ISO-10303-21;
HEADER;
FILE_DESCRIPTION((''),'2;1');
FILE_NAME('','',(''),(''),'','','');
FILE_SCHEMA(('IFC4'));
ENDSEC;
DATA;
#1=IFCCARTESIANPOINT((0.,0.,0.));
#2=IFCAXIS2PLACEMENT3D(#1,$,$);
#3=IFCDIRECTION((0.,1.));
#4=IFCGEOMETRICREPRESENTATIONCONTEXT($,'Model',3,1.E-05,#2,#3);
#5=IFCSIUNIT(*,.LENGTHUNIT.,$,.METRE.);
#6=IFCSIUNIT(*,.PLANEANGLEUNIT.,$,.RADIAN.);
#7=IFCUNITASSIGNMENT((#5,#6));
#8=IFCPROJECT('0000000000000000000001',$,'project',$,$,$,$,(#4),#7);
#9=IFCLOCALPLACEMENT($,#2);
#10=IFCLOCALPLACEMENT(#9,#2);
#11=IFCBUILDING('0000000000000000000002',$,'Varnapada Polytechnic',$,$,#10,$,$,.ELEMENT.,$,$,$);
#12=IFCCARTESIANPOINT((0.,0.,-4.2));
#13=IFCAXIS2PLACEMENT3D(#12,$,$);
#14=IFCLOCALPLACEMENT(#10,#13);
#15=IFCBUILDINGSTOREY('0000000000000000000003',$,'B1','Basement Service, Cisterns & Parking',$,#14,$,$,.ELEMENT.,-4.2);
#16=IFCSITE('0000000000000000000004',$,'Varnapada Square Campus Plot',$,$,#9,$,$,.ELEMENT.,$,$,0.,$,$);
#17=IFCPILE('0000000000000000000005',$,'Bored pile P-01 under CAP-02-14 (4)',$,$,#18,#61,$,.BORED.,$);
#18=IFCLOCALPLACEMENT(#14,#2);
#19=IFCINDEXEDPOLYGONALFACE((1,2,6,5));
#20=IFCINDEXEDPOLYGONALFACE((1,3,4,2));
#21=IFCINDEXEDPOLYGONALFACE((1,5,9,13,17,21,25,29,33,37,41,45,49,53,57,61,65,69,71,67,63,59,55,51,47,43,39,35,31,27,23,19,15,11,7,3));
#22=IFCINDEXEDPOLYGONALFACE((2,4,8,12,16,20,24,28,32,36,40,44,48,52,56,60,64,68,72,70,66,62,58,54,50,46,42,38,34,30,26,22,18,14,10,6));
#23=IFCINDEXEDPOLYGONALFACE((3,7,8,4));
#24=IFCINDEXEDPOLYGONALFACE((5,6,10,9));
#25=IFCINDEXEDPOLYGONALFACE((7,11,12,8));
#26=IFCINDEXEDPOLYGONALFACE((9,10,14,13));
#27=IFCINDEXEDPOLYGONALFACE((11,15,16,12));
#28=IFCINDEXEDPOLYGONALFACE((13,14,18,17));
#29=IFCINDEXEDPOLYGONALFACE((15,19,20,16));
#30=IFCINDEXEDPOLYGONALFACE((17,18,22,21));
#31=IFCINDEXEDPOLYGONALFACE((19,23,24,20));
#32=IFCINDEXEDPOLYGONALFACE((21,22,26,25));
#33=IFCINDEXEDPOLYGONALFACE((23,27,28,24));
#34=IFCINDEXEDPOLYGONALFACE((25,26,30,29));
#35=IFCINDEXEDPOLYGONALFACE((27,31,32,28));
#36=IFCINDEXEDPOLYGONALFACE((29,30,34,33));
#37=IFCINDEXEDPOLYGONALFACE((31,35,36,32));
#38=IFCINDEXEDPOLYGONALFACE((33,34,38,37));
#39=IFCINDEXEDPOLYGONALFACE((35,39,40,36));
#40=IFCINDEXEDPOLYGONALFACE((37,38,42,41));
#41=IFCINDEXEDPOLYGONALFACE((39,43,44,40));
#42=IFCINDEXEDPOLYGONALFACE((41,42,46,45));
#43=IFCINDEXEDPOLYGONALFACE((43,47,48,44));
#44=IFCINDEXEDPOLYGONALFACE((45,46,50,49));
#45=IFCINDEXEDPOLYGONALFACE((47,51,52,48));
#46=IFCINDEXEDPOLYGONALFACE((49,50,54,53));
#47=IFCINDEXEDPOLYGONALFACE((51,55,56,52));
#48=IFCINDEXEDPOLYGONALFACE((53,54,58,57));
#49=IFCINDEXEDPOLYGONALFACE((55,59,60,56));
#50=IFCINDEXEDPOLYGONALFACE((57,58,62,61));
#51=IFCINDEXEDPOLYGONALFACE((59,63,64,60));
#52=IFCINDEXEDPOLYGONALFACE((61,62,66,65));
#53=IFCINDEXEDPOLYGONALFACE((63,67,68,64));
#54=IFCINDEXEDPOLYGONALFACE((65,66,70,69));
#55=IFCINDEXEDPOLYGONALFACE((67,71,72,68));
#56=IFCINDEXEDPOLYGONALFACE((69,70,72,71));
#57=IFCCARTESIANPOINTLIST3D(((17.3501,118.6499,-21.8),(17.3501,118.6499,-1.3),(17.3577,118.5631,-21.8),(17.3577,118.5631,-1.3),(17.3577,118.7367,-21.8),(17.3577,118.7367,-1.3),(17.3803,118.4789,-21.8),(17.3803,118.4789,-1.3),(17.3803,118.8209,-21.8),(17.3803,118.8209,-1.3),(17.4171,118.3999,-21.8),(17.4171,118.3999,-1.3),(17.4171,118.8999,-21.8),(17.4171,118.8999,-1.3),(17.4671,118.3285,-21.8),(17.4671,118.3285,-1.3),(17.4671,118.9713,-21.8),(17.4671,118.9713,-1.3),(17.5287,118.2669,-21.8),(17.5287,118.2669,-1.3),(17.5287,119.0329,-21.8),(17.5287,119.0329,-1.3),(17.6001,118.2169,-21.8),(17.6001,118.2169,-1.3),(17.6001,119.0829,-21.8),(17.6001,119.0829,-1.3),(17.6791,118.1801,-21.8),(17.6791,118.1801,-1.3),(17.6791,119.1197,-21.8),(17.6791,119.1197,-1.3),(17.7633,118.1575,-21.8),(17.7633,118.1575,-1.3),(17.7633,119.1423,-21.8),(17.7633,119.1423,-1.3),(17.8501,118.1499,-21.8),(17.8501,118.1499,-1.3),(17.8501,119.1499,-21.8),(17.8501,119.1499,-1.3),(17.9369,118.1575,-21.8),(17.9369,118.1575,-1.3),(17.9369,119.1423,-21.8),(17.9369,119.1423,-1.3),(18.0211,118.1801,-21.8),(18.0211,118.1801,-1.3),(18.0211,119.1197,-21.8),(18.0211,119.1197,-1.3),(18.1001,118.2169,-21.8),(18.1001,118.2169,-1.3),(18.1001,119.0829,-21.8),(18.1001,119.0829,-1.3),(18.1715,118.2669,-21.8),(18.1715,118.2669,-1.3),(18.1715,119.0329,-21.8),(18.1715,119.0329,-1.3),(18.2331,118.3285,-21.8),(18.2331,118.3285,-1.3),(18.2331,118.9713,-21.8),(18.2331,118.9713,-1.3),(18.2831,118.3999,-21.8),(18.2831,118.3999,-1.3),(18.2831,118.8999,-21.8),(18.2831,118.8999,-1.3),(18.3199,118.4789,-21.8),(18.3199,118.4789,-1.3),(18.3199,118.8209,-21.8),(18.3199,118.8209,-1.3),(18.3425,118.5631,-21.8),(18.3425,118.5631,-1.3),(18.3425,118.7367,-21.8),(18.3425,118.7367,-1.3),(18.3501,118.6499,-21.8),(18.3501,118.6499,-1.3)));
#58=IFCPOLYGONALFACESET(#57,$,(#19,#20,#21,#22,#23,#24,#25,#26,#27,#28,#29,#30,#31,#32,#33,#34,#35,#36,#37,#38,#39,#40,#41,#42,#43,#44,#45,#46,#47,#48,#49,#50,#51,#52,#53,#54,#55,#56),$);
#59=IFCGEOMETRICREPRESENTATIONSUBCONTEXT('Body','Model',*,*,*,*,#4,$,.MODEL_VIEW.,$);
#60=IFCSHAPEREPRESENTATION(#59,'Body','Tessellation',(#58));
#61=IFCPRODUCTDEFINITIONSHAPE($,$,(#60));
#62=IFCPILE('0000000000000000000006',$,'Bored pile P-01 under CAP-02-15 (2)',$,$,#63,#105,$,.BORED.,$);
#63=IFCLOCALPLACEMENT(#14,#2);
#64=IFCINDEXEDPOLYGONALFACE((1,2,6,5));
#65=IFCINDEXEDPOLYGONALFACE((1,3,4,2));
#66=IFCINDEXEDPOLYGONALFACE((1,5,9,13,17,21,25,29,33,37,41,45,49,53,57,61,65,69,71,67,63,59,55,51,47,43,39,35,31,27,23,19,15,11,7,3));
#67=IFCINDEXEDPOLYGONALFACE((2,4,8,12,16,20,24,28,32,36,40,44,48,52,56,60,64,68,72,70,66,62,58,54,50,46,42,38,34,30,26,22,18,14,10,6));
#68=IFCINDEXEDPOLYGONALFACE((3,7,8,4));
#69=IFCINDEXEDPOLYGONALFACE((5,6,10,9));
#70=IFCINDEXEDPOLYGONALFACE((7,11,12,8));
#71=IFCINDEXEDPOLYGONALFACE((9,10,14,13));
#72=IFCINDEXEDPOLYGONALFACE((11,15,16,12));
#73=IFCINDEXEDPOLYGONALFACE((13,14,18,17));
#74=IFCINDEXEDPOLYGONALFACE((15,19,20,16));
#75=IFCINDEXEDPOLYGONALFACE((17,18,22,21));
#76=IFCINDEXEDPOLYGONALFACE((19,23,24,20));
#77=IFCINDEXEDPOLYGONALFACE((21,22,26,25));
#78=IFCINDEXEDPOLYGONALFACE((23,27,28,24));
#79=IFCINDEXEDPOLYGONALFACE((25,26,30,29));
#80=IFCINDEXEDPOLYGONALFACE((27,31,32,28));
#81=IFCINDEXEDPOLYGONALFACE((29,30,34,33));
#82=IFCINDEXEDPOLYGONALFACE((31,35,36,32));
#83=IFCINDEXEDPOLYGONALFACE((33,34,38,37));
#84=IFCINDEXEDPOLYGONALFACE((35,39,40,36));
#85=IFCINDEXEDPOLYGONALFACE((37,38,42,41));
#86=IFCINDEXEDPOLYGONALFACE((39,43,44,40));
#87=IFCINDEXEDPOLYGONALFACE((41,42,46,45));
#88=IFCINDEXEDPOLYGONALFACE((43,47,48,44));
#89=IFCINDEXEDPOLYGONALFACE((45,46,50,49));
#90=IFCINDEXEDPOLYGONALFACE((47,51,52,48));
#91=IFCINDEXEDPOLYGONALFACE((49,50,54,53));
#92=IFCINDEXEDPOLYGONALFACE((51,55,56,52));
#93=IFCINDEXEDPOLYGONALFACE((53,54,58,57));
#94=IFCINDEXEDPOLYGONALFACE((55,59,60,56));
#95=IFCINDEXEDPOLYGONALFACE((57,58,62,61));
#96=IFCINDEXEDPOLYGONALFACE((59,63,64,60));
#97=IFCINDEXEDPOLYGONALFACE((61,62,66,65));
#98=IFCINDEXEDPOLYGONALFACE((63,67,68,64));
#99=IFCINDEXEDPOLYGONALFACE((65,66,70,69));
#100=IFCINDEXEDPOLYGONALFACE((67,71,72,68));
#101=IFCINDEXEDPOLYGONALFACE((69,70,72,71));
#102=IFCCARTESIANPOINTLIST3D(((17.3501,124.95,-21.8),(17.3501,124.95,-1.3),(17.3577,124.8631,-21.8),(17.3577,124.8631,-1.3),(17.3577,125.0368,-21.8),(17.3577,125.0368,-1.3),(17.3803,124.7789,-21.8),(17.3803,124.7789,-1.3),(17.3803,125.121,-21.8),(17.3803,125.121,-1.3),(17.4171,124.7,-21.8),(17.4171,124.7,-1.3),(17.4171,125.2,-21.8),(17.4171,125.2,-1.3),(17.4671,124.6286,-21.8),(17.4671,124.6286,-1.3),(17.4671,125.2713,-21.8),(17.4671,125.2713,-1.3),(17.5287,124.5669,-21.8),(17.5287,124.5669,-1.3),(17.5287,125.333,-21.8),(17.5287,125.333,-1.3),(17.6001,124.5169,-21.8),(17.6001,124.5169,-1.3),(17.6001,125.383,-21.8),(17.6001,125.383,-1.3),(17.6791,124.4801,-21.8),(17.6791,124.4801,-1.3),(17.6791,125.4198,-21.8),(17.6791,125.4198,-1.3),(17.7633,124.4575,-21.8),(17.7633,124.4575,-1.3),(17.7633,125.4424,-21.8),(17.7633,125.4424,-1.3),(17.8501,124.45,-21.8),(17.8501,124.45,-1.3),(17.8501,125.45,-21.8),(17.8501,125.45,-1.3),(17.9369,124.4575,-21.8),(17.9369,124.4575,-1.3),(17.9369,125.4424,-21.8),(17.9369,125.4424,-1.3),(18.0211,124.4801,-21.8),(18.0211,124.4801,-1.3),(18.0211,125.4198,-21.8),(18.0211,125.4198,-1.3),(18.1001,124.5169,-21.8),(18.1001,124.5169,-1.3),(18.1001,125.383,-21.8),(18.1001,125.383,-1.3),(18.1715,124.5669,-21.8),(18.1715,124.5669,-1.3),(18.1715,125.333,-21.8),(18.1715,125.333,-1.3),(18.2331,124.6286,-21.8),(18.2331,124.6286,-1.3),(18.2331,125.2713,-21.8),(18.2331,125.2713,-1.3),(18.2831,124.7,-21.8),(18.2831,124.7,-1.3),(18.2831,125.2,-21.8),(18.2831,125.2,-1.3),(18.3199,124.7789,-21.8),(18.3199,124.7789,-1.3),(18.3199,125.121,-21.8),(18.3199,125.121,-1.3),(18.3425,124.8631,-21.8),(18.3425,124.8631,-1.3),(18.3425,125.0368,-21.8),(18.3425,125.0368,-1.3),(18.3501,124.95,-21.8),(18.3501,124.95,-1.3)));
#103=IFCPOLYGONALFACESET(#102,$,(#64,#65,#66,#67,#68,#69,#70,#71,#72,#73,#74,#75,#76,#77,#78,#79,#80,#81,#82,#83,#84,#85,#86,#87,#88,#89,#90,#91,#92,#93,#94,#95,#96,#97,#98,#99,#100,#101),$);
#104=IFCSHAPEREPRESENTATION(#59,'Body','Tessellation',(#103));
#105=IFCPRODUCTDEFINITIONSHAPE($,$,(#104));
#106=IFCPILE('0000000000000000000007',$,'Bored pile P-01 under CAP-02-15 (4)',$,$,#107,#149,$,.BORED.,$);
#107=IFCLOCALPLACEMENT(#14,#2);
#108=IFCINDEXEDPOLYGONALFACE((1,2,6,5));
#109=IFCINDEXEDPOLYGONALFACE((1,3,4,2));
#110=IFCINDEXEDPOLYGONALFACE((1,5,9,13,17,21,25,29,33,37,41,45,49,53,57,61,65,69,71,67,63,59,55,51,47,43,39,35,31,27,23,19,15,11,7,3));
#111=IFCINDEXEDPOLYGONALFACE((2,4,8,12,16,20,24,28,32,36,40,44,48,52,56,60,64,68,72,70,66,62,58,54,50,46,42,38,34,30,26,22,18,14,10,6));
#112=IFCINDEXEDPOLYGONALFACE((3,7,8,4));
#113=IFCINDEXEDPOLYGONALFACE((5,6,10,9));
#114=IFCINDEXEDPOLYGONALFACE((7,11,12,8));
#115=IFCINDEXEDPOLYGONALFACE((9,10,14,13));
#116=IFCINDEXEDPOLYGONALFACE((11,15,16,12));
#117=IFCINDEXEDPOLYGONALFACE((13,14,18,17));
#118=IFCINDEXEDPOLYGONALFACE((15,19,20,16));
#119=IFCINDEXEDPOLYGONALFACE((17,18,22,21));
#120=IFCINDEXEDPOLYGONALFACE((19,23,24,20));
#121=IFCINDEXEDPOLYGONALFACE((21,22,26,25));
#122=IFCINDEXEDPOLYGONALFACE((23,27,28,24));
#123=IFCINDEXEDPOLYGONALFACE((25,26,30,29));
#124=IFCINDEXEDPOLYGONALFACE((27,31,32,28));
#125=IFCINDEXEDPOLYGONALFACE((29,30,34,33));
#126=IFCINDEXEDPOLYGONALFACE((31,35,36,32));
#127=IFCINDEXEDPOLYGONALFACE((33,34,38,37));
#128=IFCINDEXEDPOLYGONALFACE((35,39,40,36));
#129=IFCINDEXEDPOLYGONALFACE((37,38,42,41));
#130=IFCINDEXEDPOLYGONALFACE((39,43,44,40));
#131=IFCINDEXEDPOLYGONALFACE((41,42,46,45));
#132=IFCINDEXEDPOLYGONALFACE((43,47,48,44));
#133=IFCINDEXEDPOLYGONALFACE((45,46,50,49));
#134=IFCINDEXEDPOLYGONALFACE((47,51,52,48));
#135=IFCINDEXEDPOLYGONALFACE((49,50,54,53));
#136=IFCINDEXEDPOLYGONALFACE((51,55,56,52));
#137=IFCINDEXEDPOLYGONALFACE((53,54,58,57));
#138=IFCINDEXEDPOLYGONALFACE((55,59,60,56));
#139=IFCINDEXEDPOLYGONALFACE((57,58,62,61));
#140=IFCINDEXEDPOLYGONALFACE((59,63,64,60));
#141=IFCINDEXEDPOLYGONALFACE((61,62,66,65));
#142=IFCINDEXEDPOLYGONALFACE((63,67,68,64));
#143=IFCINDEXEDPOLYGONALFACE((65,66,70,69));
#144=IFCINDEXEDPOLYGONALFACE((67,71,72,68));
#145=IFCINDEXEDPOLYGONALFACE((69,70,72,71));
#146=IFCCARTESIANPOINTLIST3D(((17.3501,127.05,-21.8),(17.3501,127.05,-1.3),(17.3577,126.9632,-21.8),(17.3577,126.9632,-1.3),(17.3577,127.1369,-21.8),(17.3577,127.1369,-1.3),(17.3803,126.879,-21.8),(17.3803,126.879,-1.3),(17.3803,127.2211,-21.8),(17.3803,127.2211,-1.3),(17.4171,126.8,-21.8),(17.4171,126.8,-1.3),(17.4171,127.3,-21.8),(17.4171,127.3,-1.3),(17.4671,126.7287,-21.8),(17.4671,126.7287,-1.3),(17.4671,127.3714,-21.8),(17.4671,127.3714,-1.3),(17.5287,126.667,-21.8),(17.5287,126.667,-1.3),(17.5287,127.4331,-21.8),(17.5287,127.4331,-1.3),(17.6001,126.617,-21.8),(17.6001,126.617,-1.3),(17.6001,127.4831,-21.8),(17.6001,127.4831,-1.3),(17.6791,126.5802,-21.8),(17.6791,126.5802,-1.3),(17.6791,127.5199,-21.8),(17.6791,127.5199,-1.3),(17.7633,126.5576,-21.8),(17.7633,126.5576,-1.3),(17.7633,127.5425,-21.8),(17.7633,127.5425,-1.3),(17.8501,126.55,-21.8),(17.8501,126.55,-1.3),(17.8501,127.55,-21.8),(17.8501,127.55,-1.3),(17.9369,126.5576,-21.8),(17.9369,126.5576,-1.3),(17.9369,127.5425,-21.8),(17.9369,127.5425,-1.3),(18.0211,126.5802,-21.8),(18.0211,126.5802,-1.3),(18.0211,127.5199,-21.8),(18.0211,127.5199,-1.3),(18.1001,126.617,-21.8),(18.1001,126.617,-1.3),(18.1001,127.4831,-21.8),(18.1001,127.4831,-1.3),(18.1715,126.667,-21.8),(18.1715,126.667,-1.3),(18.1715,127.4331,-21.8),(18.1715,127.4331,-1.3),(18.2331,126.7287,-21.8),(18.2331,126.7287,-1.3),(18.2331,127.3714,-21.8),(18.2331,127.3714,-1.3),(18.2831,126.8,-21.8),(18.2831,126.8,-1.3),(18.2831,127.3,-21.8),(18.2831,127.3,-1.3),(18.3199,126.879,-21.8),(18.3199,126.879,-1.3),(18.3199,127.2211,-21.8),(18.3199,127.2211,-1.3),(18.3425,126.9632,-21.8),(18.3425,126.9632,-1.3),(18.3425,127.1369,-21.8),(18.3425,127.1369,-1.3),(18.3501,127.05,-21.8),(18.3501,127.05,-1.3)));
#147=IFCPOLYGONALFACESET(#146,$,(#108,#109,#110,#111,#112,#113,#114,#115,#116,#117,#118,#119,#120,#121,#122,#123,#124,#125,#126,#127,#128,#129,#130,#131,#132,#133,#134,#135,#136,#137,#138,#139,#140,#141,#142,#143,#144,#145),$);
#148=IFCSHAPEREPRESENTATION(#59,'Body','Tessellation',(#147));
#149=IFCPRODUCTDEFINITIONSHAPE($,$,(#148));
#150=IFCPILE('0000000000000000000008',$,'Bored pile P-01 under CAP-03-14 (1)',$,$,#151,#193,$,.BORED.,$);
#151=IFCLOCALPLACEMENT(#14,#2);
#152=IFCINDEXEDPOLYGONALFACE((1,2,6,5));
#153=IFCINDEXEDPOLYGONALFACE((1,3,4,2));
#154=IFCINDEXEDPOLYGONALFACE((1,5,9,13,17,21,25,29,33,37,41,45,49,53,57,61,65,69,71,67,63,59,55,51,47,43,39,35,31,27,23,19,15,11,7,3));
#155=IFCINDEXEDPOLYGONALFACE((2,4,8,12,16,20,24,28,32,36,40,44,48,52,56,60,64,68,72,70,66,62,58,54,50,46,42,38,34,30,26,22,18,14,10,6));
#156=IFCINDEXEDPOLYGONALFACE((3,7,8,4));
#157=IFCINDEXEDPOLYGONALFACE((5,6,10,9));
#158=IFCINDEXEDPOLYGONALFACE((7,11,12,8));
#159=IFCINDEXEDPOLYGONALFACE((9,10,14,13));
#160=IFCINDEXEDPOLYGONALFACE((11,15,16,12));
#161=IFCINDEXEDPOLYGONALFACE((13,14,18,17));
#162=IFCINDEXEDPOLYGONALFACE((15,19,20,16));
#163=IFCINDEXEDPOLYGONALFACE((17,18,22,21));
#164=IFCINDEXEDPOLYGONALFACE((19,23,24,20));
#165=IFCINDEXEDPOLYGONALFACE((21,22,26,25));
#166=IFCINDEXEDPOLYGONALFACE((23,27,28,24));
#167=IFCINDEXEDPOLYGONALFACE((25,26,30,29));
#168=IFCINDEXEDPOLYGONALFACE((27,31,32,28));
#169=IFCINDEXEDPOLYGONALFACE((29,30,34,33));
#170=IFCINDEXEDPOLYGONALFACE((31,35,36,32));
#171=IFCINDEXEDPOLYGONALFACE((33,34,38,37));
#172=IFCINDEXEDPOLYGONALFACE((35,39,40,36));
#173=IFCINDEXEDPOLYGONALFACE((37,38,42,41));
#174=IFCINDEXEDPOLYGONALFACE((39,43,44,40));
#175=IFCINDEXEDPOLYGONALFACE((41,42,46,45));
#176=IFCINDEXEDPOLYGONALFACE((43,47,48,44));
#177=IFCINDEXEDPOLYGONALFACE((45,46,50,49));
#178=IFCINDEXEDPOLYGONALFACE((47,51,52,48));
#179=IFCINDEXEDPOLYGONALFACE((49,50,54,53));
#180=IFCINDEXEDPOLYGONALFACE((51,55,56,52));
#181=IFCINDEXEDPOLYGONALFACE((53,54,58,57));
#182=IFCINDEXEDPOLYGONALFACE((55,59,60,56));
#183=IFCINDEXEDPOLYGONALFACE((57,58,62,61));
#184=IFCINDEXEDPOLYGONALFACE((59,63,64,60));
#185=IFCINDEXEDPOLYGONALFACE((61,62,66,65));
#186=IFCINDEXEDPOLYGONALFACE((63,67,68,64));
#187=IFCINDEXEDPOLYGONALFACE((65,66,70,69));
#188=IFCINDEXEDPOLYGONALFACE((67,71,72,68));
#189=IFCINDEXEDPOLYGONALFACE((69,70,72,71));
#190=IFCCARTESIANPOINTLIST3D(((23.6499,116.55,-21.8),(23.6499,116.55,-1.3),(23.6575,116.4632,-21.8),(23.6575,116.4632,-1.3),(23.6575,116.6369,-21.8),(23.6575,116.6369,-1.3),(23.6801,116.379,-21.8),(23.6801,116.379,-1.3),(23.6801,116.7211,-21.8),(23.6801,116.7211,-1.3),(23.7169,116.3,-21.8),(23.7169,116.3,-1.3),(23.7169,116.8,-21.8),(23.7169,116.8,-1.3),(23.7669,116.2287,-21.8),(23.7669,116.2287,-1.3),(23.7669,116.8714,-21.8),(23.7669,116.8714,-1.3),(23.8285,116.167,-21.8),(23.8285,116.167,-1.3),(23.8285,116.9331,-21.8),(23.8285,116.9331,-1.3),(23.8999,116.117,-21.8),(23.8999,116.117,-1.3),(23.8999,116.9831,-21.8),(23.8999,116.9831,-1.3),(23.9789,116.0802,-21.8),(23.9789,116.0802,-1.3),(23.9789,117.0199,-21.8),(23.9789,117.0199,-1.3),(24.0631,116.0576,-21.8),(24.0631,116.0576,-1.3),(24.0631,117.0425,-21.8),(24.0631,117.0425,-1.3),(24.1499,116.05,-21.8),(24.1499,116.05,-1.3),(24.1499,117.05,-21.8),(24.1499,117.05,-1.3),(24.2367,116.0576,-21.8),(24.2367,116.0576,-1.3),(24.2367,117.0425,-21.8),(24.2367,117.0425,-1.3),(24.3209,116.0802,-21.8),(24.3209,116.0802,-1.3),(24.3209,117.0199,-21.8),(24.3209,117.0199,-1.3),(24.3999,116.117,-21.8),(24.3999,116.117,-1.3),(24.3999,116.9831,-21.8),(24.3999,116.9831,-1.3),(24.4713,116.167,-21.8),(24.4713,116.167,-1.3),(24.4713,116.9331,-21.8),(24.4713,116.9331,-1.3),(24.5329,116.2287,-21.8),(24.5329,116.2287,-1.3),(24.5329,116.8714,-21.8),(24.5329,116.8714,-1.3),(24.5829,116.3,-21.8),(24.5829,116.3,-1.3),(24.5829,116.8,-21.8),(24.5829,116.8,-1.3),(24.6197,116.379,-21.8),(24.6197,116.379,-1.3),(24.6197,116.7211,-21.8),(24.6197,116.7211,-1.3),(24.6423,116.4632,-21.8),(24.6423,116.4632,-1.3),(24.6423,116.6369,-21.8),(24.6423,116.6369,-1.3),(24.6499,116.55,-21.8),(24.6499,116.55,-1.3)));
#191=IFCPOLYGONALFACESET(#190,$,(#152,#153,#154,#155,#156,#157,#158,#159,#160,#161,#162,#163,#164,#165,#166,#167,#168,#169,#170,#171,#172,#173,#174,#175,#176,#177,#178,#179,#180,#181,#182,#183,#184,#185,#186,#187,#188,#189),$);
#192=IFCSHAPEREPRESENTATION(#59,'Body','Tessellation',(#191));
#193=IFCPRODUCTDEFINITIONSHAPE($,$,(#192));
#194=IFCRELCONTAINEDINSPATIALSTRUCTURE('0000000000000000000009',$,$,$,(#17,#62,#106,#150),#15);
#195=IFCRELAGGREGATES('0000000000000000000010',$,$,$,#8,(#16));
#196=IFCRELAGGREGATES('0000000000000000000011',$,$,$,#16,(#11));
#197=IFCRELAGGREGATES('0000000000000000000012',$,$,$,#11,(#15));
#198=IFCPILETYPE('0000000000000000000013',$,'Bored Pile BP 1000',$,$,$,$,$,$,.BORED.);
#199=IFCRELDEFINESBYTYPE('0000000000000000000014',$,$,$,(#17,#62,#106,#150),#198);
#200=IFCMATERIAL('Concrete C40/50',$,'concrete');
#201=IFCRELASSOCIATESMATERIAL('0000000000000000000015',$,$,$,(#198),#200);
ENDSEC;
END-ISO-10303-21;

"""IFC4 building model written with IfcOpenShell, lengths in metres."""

from ifc_helpers import new_model, si_unit, direction, frame, origin, origin_2d, place, context, subcontext, project, spatial, circle, extrude, material, material_profile, profile_set, type_object, element, save


model = new_model("IFC4")

# Units and contexts
model_context = context("Model", 3, precision=1e-05, world=origin(), true_north=direction((0.0, 1.0)))
body_context = subcontext(model_context, "Body", "Model", "MODEL_VIEW")
ifc_project = project(units=[si_unit("LENGTHUNIT", "METRE"), si_unit("PLANEANGLEUNIT", "RADIAN")], contexts=[model_context])

# Site, building, storey
site_placement = place(None, origin())
site = spatial("IfcSite", under=ifc_project, at=site_placement, Name="Varnapada Square Campus Plot", CompositionType="ELEMENT", RefElevation=0.0)
building_placement = place(site_placement, origin())
building = spatial("IfcBuilding", under=site, at=building_placement, Name="Varnapada Polytechnic", CompositionType="ELEMENT")
storey_placement = place(building_placement, frame((0.0, 0.0, -4.2)))
storey = spatial("IfcBuildingStorey", under=building, at=storey_placement, Name="B1", Description="Basement Service, Cisterns & Parking", CompositionType="ELEMENT", Elevation=-4.2)

# Piles
ifc_material_1 = material(Name="Concrete C40/50", Category="concrete")
ifc_material_profile_1 = material_profile(ifc_material_1, circle(Radius=0.5, at=origin_2d()), Name="BP 1000")
ifc_profile_set_1 = profile_set([ifc_material_profile_1], Name="Concrete C40/50")
pile_type = type_object("IfcPileType", Name="Bored Pile BP 1000", PredefinedType="BORED", material=ifc_profile_set_1)
for number, where, z_axis, x_axis, name in (
    (1, (17.8501, 118.6499, -1.3), (0.0, 0.0, -1.0), (1.0, 0.0, 0.0), "Bored pile P-01 under CAP-02-14 (4)"),
    (2, (17.8501, 124.95, -1.3), (0.0, 0.0, -1.0), (1.0, 0.0, 0.0), "Bored pile P-01 under CAP-02-15 (2)"),
    (3, (17.8501, 127.05, -1.3), (0.0, 0.0, -1.0), (1.0, 0.0, 0.0), "Bored pile P-01 under CAP-02-15 (4)"),
    (4, (24.1499, 116.55, -1.3), (0.0, 0.0, -1.0), (1.0, 0.0, 0.0), "Bored pile P-01 under CAP-03-14 (1)"),
):
    element("IfcPile", number, at=place(storey_placement, frame(where, z_axis=z_axis, x_axis=x_axis)), inside=storey, type_object=pile_type, Name=name, PredefinedType="BORED", context=body_context, shape_type="SweptSolid", body=[
        extrude(circle(Radius=0.5, at=origin_2d()), origin(), (0.0, 0.0, 1.0), 20.5),
    ])

save(model, "model.ifc")
